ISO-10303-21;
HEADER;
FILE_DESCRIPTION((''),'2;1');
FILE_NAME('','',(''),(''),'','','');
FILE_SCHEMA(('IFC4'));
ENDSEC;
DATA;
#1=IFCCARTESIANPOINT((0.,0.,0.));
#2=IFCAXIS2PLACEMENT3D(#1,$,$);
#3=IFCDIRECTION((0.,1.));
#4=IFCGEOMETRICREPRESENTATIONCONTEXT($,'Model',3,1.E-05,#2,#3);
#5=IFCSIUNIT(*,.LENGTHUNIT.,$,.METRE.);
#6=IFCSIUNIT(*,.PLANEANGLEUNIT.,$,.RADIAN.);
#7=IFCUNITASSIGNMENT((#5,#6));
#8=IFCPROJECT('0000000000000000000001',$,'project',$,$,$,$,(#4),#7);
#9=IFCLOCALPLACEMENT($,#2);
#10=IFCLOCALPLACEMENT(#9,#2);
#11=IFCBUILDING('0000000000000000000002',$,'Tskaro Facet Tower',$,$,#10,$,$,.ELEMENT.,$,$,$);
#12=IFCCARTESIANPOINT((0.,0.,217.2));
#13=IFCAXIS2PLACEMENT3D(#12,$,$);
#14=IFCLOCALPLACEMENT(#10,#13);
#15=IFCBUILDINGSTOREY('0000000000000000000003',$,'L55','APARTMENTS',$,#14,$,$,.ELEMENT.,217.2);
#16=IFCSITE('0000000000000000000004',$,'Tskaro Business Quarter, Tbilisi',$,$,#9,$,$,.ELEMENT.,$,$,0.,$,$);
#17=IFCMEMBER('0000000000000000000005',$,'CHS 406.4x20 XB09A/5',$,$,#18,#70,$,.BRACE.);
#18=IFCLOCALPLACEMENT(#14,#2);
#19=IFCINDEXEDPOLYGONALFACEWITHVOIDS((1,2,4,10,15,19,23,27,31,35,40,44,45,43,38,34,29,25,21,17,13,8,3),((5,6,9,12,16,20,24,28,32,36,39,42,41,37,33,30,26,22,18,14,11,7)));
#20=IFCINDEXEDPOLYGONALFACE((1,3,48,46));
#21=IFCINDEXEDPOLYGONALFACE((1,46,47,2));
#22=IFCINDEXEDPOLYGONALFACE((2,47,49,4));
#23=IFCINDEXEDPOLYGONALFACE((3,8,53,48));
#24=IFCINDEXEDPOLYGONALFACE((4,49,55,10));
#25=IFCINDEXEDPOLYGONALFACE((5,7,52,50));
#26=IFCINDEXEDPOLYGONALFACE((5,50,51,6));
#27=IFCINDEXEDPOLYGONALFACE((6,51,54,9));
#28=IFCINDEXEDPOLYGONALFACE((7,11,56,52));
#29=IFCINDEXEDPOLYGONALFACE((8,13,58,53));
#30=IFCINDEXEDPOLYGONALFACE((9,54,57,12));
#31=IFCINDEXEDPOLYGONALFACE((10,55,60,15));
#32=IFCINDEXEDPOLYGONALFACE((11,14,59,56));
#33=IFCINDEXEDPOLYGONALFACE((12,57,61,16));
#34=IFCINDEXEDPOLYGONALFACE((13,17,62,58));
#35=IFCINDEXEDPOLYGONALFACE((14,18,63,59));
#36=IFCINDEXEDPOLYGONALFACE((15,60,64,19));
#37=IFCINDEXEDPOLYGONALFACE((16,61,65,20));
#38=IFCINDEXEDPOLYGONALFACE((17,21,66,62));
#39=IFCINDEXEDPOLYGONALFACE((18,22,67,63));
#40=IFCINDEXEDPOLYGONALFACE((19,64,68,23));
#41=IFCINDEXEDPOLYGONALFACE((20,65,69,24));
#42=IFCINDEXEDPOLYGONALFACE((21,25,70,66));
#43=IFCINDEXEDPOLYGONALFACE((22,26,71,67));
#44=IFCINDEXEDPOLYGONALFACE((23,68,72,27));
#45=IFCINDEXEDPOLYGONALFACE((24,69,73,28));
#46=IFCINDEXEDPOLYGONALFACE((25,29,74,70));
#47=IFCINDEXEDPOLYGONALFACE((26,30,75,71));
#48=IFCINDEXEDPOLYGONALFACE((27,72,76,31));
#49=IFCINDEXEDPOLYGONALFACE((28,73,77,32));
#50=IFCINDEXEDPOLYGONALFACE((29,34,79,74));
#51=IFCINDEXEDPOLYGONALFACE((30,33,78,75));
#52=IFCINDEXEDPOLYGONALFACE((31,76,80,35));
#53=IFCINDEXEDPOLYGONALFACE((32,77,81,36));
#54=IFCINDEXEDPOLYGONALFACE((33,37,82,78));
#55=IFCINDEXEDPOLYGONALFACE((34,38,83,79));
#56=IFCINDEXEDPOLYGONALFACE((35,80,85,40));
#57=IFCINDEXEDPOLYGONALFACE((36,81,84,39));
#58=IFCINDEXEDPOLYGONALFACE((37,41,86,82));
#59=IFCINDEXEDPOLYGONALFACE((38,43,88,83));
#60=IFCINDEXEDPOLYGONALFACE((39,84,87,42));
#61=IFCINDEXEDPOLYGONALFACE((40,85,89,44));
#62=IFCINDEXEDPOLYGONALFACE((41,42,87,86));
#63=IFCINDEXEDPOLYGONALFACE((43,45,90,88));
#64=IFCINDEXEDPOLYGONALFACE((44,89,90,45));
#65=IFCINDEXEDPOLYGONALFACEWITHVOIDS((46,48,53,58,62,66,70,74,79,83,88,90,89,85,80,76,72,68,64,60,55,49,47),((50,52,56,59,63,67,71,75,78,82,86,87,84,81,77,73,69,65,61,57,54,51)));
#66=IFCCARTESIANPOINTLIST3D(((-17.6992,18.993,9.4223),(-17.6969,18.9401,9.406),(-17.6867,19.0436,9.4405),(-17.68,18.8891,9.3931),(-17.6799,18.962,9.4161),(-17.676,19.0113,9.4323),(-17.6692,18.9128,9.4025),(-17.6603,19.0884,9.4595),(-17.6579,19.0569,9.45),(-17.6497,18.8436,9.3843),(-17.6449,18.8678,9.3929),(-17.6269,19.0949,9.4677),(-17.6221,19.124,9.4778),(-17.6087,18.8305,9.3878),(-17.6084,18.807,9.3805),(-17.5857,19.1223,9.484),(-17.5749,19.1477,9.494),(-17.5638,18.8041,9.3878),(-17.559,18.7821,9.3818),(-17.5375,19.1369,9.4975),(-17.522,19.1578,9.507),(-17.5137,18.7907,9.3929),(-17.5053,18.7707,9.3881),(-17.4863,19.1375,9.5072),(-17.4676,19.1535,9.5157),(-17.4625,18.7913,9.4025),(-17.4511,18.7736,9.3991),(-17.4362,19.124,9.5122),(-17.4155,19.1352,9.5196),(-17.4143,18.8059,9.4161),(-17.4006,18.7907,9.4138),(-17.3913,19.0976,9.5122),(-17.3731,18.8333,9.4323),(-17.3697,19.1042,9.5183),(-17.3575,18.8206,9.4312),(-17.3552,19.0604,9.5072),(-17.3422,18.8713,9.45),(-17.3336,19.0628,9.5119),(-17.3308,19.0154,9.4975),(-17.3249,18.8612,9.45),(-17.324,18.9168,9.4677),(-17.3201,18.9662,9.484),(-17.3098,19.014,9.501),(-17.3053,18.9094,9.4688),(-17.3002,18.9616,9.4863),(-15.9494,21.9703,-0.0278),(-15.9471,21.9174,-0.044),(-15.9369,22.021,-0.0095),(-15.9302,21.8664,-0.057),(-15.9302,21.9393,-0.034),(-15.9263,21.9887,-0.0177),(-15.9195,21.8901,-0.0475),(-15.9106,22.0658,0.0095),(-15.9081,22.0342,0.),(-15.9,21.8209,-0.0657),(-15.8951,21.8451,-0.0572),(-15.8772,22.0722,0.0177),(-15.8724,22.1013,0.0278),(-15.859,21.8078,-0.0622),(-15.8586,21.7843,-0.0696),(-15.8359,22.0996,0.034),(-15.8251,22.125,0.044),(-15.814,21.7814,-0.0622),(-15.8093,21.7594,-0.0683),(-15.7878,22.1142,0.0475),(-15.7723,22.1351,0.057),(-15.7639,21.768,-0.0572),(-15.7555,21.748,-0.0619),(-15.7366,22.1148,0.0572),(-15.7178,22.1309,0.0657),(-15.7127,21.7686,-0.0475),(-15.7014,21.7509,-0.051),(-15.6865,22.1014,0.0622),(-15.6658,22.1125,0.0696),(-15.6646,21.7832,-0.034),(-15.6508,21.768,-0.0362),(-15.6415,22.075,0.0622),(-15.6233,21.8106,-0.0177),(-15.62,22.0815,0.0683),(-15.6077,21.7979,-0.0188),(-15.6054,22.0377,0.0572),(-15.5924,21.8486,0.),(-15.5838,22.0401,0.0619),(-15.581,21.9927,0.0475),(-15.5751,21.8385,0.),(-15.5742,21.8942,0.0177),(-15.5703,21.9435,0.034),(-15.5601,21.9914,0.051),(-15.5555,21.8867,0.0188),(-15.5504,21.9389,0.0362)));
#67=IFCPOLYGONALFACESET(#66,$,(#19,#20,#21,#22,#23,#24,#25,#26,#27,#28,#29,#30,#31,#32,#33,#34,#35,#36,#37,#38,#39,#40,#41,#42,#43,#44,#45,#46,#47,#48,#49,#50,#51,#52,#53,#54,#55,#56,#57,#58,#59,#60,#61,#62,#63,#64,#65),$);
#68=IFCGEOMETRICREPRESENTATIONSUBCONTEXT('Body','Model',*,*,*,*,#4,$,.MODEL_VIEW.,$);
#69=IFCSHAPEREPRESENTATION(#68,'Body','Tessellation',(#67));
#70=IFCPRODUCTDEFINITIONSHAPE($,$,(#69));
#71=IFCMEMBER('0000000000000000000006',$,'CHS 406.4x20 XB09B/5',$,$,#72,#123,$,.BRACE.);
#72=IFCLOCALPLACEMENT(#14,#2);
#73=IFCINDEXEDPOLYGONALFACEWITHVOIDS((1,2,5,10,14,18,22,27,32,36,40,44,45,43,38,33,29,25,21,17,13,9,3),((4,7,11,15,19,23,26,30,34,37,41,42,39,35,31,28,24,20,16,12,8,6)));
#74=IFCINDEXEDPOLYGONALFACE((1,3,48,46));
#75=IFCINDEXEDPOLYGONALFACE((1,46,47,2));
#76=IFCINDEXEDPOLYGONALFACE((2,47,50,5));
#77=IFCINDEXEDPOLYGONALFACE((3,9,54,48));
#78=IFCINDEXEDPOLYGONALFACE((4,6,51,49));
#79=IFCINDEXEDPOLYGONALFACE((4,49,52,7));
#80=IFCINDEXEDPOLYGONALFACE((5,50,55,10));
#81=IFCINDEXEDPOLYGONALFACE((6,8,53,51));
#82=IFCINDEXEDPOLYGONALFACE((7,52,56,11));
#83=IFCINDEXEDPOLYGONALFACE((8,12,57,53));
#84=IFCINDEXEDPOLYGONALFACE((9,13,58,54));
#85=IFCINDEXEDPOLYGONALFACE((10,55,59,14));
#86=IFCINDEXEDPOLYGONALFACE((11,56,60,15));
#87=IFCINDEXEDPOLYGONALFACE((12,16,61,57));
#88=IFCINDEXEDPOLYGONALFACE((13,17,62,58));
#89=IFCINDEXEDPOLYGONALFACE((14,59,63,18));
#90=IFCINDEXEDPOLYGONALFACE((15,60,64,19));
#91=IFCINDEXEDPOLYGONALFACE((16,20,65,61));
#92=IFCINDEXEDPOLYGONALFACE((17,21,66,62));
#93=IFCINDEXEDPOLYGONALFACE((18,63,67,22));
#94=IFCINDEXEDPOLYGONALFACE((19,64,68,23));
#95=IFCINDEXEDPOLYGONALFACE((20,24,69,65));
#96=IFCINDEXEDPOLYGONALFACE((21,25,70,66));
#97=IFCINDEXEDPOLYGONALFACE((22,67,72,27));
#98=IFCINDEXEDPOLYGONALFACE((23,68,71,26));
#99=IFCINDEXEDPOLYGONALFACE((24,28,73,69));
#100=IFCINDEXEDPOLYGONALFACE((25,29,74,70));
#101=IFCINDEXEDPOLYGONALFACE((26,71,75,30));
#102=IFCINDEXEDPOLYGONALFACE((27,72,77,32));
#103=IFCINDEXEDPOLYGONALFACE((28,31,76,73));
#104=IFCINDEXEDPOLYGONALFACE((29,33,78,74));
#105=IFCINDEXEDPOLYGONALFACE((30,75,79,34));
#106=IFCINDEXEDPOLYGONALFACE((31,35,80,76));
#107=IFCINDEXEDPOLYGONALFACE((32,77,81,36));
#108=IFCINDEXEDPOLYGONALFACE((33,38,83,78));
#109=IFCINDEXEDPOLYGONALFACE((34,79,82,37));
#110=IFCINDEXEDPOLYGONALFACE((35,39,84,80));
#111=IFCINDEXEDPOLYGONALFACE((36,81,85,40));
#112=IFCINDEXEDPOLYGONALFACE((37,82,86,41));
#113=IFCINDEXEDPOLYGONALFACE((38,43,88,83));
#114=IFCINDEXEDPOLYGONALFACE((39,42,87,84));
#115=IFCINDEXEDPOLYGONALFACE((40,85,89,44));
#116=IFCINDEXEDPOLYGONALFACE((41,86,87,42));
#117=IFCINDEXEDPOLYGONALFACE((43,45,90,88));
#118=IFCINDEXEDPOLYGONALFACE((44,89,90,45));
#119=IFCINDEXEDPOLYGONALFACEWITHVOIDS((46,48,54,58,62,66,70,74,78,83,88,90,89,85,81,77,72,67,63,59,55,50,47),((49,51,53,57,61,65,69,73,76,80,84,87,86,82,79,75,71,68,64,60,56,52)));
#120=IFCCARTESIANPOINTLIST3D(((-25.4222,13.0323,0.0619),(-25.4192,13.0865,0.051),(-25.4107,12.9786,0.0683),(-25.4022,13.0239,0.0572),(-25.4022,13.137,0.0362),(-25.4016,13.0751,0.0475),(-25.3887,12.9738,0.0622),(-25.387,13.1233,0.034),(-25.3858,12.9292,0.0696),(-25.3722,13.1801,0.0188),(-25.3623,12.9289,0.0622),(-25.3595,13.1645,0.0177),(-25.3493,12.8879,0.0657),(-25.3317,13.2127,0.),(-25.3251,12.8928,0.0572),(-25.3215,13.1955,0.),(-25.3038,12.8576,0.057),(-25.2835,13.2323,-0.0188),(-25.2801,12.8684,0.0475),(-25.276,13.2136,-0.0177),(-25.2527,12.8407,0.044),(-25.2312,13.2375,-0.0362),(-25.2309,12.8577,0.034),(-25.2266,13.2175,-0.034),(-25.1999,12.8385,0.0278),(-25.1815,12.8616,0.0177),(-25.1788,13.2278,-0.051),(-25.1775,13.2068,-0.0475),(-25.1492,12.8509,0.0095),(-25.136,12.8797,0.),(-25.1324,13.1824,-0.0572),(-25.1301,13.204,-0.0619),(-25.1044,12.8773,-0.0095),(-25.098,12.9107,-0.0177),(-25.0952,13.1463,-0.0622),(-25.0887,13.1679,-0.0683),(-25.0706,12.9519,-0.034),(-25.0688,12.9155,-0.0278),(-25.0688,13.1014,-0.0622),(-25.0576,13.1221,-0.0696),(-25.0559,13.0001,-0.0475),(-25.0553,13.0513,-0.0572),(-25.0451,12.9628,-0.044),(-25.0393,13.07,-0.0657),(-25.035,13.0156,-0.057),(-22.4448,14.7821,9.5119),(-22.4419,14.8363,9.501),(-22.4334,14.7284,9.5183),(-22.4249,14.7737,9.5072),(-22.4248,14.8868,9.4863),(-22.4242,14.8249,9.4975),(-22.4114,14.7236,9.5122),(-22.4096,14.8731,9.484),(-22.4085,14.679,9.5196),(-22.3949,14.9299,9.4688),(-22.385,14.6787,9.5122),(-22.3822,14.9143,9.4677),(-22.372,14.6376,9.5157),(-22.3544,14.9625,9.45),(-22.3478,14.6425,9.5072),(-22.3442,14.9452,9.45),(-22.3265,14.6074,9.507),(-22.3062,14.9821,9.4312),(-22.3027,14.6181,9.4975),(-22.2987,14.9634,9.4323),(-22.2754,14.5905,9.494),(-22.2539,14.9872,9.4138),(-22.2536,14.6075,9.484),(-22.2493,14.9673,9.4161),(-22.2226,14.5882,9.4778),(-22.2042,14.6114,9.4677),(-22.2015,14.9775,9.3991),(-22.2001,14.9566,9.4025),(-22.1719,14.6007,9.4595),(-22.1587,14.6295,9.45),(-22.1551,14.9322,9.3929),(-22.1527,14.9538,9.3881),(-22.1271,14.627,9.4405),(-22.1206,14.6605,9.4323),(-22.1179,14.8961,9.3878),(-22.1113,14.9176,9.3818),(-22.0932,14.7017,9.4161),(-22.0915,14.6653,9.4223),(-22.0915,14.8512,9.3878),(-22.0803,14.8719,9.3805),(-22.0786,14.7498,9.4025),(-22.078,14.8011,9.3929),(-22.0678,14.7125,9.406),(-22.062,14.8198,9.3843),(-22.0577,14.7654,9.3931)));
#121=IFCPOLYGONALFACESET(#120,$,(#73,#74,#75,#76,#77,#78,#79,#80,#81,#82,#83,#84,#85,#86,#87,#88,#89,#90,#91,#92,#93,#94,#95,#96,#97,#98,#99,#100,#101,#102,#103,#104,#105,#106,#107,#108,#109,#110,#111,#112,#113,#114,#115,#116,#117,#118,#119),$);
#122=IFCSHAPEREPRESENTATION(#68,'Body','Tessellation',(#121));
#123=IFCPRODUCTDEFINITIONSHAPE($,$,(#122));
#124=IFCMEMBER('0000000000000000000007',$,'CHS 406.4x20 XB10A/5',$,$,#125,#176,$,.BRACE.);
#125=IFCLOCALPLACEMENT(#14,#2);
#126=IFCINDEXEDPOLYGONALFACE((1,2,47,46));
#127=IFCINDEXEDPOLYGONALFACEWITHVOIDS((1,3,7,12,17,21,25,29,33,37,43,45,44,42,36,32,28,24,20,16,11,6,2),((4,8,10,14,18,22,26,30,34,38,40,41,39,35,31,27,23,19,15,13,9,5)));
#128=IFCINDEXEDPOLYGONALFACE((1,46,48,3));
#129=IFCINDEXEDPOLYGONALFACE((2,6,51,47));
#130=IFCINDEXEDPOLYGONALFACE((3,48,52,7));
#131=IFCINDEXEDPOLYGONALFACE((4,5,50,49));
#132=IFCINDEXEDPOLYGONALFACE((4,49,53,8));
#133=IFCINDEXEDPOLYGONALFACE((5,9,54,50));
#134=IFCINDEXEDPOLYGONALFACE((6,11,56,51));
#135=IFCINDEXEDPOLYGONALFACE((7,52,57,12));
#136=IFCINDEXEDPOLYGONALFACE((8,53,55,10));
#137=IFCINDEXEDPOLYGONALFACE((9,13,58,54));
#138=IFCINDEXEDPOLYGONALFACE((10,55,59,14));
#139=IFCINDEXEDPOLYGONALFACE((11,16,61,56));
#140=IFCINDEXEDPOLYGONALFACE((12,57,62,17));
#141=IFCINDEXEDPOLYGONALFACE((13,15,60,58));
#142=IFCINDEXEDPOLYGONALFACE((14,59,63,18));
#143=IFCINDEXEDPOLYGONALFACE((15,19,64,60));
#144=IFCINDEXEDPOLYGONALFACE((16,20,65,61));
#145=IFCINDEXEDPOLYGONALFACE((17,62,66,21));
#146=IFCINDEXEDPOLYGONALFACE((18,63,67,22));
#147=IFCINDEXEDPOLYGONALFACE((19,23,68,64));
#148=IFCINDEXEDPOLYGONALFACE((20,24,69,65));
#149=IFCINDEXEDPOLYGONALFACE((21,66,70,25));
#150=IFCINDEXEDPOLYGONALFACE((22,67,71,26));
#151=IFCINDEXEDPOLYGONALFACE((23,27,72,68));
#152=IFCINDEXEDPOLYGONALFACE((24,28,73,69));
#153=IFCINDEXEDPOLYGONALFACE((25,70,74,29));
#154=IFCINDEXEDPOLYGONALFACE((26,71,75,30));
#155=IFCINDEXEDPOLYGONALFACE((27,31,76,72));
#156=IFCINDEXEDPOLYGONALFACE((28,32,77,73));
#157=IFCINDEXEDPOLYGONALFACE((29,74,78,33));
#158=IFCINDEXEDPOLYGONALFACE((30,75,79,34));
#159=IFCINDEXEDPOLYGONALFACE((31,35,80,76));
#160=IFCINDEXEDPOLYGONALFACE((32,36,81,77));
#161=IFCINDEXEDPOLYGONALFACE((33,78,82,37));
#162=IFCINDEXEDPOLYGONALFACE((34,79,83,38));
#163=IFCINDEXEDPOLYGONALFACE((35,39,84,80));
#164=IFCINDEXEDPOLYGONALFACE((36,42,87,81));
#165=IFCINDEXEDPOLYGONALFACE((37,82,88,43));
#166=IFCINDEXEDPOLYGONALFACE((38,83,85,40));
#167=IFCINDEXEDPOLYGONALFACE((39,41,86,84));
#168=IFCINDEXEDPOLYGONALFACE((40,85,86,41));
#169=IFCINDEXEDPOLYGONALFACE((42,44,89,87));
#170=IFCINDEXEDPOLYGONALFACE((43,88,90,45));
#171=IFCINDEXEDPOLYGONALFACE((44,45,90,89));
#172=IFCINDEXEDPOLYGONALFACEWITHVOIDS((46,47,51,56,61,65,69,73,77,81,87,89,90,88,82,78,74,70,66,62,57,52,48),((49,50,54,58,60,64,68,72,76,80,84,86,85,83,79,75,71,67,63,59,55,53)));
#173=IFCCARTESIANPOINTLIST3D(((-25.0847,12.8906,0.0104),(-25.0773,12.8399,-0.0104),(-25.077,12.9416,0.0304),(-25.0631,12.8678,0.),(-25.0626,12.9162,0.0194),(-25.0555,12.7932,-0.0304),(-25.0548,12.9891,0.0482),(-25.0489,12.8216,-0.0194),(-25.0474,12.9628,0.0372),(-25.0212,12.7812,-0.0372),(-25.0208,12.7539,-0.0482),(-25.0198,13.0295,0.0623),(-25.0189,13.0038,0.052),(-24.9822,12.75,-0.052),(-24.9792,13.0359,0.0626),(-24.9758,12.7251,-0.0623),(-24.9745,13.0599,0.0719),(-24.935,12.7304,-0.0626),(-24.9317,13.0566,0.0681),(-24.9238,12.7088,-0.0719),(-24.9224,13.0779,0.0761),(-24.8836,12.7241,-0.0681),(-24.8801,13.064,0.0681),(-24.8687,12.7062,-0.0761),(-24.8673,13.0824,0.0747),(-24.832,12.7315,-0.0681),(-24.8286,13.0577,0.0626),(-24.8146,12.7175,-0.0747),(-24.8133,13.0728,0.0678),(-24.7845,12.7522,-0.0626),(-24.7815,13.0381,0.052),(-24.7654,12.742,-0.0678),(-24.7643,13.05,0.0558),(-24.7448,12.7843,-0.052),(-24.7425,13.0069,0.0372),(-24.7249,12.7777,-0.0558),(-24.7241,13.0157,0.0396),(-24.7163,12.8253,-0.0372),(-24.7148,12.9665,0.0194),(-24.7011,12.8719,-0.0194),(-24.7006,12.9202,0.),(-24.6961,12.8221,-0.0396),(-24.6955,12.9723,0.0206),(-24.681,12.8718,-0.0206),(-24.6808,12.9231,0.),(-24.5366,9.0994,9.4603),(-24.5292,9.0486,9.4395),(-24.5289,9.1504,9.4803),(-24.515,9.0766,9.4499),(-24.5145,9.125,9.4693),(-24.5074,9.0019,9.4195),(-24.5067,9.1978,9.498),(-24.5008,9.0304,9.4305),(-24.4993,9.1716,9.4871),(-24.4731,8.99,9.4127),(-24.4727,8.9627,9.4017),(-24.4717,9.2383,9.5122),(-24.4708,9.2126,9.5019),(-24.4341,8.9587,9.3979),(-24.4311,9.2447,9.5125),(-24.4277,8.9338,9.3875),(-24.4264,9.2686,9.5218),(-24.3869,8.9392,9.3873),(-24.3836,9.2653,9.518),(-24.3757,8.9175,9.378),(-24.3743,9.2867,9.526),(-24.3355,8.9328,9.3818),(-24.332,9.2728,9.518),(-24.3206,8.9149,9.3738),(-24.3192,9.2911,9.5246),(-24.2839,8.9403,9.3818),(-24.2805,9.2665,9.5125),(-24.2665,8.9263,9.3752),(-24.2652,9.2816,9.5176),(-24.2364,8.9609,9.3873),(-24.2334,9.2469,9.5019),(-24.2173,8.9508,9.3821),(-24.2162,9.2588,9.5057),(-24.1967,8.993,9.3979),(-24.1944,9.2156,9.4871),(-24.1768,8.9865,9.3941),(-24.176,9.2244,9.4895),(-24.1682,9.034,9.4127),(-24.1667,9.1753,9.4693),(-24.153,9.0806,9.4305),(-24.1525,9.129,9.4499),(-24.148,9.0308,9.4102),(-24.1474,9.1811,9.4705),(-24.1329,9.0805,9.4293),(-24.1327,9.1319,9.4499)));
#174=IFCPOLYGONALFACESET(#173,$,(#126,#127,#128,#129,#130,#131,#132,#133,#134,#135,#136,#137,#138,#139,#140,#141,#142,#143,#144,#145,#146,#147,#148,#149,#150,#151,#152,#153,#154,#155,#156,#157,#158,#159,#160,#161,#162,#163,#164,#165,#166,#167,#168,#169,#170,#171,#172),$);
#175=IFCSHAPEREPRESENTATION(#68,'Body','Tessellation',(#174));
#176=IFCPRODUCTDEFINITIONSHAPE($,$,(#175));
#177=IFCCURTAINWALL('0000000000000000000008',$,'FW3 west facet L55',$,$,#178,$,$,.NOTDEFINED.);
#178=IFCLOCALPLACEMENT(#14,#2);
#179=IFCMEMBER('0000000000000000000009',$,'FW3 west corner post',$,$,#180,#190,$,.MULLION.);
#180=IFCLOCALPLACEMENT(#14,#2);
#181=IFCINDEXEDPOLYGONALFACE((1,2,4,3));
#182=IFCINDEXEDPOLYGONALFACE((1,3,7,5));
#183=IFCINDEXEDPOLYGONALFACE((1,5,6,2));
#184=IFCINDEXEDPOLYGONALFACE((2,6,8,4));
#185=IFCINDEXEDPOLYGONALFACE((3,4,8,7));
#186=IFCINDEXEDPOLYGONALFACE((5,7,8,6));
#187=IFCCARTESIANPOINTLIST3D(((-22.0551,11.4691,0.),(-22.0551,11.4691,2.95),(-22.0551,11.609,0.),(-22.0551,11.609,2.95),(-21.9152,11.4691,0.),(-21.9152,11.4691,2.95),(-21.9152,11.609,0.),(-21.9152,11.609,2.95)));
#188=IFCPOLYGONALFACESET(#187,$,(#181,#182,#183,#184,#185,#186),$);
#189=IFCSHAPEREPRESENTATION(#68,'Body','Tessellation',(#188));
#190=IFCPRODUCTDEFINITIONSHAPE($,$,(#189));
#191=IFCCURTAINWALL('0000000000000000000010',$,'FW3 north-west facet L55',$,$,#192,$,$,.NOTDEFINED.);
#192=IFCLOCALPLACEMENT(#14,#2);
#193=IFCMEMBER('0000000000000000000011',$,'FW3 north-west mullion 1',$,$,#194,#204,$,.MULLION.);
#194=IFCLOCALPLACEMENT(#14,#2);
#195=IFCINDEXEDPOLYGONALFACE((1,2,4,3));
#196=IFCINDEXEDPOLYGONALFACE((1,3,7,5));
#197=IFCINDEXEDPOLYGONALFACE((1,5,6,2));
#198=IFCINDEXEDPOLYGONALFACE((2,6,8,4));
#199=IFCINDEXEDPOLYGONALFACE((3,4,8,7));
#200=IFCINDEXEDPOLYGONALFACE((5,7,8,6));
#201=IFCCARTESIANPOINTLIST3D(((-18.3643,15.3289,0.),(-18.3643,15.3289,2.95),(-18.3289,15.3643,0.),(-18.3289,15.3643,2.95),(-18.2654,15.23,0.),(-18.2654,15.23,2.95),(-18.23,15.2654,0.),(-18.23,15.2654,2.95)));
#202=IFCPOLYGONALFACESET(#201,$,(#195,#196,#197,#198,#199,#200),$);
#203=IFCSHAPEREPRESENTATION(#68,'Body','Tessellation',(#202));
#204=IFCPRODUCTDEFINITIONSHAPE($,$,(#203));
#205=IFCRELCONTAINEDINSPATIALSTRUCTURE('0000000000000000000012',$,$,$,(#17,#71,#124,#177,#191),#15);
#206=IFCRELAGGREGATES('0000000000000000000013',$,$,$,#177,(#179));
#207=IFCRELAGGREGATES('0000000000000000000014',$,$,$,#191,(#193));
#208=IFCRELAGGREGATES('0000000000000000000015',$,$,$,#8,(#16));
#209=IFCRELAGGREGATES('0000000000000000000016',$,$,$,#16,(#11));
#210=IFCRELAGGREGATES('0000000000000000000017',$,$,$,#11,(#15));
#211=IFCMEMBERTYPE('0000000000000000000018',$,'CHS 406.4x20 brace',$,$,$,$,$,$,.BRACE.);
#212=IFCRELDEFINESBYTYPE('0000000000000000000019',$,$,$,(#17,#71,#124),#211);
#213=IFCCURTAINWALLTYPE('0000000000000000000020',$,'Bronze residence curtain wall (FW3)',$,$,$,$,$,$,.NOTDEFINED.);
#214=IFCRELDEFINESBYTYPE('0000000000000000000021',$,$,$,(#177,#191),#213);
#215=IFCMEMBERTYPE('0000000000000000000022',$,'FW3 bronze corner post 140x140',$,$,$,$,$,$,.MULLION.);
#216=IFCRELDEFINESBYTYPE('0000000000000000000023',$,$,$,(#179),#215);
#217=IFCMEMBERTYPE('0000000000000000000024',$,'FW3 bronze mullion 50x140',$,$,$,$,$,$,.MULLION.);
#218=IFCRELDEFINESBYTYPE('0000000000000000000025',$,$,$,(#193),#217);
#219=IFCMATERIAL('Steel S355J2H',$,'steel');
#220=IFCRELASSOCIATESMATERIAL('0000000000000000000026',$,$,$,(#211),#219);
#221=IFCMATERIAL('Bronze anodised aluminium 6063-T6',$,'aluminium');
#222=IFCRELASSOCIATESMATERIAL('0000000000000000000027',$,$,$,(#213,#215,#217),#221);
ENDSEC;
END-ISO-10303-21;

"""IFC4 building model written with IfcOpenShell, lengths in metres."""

from ifc_helpers import new_model, si_unit, direction, frame, origin, origin_2d, place, context, subcontext, project, spatial, rectangle, hollow_circle, extrude, material, material_profile, profile_set, type_object, element, aggregate, save


model = new_model("IFC4")

# Units and contexts
model_context = context("Model", 3, precision=1e-05, world=origin(), true_north=direction((0.0, 1.0)))
body_context = subcontext(model_context, "Body", "Model", "MODEL_VIEW")
ifc_project = project(units=[si_unit("LENGTHUNIT", "METRE"), si_unit("PLANEANGLEUNIT", "RADIAN")], contexts=[model_context])

# Site, building, storey
site_placement = place(None, origin())
site = spatial("IfcSite", under=ifc_project, at=site_placement, Name="Tskaro Business Quarter, Tbilisi", CompositionType="ELEMENT", RefElevation=0.0)
building_placement = place(site_placement, origin())
building = spatial("IfcBuilding", under=site, at=building_placement, Name="Tskaro Facet Tower", CompositionType="ELEMENT")
storey_placement = place(building_placement, frame((0.0, 0.0, 217.2)))
storey = spatial("IfcBuildingStorey", under=building, at=storey_placement, Name="L55", Description="APARTMENTS", CompositionType="ELEMENT", Elevation=217.2)

# Shared definitions
ifc_material_1 = material(Name="Steel S355J2H", Category="steel")

# Members
ifc_material_profile_1 = material_profile(ifc_material_1, hollow_circle(Radius=0.2031, WallThickness=0.02, at=origin_2d()), Name="CHS 406.4x20")
ifc_profile_set_1 = profile_set([ifc_material_profile_1], Name="Steel S355J2H")
member_type_1 = type_object("IfcMemberType", Name="CHS 406.4x20 brace", PredefinedType="BRACE", material=ifc_profile_set_1)
for number, where, z_axis, x_axis, name in (
    (1, (-15.7502, 21.9414, 0.0), (-0.173911, -0.295919, 0.939248), (0.862136, -0.506677, 0.0), "CHS 406.4x20 XB09A/5"),
    (2, (-25.2288, 13.0376, 0.0), (0.295919, 0.173911, 0.939248), (-0.506677, 0.862136, 0.0), "CHS 406.4x20 XB09B/5"),
):
    element("IfcMember", number, at=place(storey_placement, frame(where, z_axis=z_axis, x_axis=x_axis)), inside=storey, type_object=member_type_1, Name=name, PredefinedType="BRACE", context=body_context, shape_type="SweptSolid", body=[
        extrude(hollow_circle(Radius=0.2031, WallThickness=0.02, at=origin_2d()), origin(), (0.0, 0.0, 1.0), 10.0613),
    ])
member_1_placement = place(storey_placement, frame((-24.8818, 12.894, 0.0), z_axis=(0.053752, -0.371807, 0.926753), x_axis=(0.989711, 0.143081, 0.0)))
element("IfcMember", 3, at=member_1_placement, inside=storey, type_object=member_type_1, Name="CHS 406.4x20 XB10A/5", PredefinedType="BRACE", context=body_context, shape_type="SweptSolid", body=[
    extrude(hollow_circle(Radius=0.2031, WallThickness=0.02, at=origin_2d()), origin(), (0.0, 0.0, 1.0), 10.1968),
])

# Curtain wall, member
ifc_material_2 = material(Name="Bronze anodised aluminium 6063-T6", Category="aluminium")
curtain_wall_type = type_object("IfcCurtainWallType", Name="Bronze residence curtain wall (FW3)", PredefinedType="NOTDEFINED", material=ifc_material_2)
curtain_wall_1_placement = place(storey_placement, origin())
curtain_wall_1 = element("IfcCurtainWall", 4, at=curtain_wall_1_placement, inside=storey, type_object=curtain_wall_type, Name="FW3 west facet L55", PredefinedType="NOTDEFINED")
ifc_material_profile_2 = material_profile(ifc_material_2, rectangle(XDim=0.1399, YDim=0.1399, at=origin_2d()), Name="Corner post 140x140")
ifc_profile_set_2 = profile_set([ifc_material_profile_2], Name="Bronze anodised aluminium 6063-T6")
member_type_2 = type_object("IfcMemberType", Name="FW3 bronze corner post 140x140", PredefinedType="MULLION", material=ifc_profile_set_2)
member_2_placement = place(storey_placement, frame((-21.9851, 11.5391, 0.0), z_axis=(0.0, 0.0, 1.0), x_axis=(0.0, -1.0, 0.0)))
member_2 = element("IfcMember", 5, at=member_2_placement, type_object=member_type_2, Name="FW3 west corner post", PredefinedType="MULLION", context=body_context, shape_type="SweptSolid", body=[
    extrude(rectangle(XDim=0.1399, YDim=0.1399, at=origin_2d()), origin(), (0.0, 0.0, 1.0), 2.95),
])

# Curtain wall, member
curtain_wall_2_placement = place(storey_placement, origin())
curtain_wall_2 = element("IfcCurtainWall", 6, at=curtain_wall_2_placement, inside=storey, type_object=curtain_wall_type, Name="FW3 north-west facet L55", PredefinedType="NOTDEFINED")
ifc_material_profile_3 = material_profile(ifc_material_2, rectangle(XDim=0.05, YDim=0.1399, at=origin_2d()), Name="Mullion 50x140")
ifc_profile_set_3 = profile_set([ifc_material_profile_3], Name="Bronze anodised aluminium 6063-T6")
member_type_3 = type_object("IfcMemberType", Name="FW3 bronze mullion 50x140", PredefinedType="MULLION", material=ifc_profile_set_3)
member_3_placement = place(storey_placement, frame((-18.2971, 15.2971, 0.0), z_axis=(0.0, 0.0, 1.0), x_axis=(-0.707107, -0.707107, 0.0)))
member_3 = element("IfcMember", 7, at=member_3_placement, type_object=member_type_3, Name="FW3 north-west mullion 1", PredefinedType="MULLION", context=body_context, shape_type="SweptSolid", body=[
    extrude(rectangle(XDim=0.05, YDim=0.1399, at=origin_2d()), origin(), (0.0, 0.0, 1.0), 2.95),
])

aggregate(curtain_wall_1, [member_2])

aggregate(curtain_wall_2, [member_3])

save(model, "model.ifc")
